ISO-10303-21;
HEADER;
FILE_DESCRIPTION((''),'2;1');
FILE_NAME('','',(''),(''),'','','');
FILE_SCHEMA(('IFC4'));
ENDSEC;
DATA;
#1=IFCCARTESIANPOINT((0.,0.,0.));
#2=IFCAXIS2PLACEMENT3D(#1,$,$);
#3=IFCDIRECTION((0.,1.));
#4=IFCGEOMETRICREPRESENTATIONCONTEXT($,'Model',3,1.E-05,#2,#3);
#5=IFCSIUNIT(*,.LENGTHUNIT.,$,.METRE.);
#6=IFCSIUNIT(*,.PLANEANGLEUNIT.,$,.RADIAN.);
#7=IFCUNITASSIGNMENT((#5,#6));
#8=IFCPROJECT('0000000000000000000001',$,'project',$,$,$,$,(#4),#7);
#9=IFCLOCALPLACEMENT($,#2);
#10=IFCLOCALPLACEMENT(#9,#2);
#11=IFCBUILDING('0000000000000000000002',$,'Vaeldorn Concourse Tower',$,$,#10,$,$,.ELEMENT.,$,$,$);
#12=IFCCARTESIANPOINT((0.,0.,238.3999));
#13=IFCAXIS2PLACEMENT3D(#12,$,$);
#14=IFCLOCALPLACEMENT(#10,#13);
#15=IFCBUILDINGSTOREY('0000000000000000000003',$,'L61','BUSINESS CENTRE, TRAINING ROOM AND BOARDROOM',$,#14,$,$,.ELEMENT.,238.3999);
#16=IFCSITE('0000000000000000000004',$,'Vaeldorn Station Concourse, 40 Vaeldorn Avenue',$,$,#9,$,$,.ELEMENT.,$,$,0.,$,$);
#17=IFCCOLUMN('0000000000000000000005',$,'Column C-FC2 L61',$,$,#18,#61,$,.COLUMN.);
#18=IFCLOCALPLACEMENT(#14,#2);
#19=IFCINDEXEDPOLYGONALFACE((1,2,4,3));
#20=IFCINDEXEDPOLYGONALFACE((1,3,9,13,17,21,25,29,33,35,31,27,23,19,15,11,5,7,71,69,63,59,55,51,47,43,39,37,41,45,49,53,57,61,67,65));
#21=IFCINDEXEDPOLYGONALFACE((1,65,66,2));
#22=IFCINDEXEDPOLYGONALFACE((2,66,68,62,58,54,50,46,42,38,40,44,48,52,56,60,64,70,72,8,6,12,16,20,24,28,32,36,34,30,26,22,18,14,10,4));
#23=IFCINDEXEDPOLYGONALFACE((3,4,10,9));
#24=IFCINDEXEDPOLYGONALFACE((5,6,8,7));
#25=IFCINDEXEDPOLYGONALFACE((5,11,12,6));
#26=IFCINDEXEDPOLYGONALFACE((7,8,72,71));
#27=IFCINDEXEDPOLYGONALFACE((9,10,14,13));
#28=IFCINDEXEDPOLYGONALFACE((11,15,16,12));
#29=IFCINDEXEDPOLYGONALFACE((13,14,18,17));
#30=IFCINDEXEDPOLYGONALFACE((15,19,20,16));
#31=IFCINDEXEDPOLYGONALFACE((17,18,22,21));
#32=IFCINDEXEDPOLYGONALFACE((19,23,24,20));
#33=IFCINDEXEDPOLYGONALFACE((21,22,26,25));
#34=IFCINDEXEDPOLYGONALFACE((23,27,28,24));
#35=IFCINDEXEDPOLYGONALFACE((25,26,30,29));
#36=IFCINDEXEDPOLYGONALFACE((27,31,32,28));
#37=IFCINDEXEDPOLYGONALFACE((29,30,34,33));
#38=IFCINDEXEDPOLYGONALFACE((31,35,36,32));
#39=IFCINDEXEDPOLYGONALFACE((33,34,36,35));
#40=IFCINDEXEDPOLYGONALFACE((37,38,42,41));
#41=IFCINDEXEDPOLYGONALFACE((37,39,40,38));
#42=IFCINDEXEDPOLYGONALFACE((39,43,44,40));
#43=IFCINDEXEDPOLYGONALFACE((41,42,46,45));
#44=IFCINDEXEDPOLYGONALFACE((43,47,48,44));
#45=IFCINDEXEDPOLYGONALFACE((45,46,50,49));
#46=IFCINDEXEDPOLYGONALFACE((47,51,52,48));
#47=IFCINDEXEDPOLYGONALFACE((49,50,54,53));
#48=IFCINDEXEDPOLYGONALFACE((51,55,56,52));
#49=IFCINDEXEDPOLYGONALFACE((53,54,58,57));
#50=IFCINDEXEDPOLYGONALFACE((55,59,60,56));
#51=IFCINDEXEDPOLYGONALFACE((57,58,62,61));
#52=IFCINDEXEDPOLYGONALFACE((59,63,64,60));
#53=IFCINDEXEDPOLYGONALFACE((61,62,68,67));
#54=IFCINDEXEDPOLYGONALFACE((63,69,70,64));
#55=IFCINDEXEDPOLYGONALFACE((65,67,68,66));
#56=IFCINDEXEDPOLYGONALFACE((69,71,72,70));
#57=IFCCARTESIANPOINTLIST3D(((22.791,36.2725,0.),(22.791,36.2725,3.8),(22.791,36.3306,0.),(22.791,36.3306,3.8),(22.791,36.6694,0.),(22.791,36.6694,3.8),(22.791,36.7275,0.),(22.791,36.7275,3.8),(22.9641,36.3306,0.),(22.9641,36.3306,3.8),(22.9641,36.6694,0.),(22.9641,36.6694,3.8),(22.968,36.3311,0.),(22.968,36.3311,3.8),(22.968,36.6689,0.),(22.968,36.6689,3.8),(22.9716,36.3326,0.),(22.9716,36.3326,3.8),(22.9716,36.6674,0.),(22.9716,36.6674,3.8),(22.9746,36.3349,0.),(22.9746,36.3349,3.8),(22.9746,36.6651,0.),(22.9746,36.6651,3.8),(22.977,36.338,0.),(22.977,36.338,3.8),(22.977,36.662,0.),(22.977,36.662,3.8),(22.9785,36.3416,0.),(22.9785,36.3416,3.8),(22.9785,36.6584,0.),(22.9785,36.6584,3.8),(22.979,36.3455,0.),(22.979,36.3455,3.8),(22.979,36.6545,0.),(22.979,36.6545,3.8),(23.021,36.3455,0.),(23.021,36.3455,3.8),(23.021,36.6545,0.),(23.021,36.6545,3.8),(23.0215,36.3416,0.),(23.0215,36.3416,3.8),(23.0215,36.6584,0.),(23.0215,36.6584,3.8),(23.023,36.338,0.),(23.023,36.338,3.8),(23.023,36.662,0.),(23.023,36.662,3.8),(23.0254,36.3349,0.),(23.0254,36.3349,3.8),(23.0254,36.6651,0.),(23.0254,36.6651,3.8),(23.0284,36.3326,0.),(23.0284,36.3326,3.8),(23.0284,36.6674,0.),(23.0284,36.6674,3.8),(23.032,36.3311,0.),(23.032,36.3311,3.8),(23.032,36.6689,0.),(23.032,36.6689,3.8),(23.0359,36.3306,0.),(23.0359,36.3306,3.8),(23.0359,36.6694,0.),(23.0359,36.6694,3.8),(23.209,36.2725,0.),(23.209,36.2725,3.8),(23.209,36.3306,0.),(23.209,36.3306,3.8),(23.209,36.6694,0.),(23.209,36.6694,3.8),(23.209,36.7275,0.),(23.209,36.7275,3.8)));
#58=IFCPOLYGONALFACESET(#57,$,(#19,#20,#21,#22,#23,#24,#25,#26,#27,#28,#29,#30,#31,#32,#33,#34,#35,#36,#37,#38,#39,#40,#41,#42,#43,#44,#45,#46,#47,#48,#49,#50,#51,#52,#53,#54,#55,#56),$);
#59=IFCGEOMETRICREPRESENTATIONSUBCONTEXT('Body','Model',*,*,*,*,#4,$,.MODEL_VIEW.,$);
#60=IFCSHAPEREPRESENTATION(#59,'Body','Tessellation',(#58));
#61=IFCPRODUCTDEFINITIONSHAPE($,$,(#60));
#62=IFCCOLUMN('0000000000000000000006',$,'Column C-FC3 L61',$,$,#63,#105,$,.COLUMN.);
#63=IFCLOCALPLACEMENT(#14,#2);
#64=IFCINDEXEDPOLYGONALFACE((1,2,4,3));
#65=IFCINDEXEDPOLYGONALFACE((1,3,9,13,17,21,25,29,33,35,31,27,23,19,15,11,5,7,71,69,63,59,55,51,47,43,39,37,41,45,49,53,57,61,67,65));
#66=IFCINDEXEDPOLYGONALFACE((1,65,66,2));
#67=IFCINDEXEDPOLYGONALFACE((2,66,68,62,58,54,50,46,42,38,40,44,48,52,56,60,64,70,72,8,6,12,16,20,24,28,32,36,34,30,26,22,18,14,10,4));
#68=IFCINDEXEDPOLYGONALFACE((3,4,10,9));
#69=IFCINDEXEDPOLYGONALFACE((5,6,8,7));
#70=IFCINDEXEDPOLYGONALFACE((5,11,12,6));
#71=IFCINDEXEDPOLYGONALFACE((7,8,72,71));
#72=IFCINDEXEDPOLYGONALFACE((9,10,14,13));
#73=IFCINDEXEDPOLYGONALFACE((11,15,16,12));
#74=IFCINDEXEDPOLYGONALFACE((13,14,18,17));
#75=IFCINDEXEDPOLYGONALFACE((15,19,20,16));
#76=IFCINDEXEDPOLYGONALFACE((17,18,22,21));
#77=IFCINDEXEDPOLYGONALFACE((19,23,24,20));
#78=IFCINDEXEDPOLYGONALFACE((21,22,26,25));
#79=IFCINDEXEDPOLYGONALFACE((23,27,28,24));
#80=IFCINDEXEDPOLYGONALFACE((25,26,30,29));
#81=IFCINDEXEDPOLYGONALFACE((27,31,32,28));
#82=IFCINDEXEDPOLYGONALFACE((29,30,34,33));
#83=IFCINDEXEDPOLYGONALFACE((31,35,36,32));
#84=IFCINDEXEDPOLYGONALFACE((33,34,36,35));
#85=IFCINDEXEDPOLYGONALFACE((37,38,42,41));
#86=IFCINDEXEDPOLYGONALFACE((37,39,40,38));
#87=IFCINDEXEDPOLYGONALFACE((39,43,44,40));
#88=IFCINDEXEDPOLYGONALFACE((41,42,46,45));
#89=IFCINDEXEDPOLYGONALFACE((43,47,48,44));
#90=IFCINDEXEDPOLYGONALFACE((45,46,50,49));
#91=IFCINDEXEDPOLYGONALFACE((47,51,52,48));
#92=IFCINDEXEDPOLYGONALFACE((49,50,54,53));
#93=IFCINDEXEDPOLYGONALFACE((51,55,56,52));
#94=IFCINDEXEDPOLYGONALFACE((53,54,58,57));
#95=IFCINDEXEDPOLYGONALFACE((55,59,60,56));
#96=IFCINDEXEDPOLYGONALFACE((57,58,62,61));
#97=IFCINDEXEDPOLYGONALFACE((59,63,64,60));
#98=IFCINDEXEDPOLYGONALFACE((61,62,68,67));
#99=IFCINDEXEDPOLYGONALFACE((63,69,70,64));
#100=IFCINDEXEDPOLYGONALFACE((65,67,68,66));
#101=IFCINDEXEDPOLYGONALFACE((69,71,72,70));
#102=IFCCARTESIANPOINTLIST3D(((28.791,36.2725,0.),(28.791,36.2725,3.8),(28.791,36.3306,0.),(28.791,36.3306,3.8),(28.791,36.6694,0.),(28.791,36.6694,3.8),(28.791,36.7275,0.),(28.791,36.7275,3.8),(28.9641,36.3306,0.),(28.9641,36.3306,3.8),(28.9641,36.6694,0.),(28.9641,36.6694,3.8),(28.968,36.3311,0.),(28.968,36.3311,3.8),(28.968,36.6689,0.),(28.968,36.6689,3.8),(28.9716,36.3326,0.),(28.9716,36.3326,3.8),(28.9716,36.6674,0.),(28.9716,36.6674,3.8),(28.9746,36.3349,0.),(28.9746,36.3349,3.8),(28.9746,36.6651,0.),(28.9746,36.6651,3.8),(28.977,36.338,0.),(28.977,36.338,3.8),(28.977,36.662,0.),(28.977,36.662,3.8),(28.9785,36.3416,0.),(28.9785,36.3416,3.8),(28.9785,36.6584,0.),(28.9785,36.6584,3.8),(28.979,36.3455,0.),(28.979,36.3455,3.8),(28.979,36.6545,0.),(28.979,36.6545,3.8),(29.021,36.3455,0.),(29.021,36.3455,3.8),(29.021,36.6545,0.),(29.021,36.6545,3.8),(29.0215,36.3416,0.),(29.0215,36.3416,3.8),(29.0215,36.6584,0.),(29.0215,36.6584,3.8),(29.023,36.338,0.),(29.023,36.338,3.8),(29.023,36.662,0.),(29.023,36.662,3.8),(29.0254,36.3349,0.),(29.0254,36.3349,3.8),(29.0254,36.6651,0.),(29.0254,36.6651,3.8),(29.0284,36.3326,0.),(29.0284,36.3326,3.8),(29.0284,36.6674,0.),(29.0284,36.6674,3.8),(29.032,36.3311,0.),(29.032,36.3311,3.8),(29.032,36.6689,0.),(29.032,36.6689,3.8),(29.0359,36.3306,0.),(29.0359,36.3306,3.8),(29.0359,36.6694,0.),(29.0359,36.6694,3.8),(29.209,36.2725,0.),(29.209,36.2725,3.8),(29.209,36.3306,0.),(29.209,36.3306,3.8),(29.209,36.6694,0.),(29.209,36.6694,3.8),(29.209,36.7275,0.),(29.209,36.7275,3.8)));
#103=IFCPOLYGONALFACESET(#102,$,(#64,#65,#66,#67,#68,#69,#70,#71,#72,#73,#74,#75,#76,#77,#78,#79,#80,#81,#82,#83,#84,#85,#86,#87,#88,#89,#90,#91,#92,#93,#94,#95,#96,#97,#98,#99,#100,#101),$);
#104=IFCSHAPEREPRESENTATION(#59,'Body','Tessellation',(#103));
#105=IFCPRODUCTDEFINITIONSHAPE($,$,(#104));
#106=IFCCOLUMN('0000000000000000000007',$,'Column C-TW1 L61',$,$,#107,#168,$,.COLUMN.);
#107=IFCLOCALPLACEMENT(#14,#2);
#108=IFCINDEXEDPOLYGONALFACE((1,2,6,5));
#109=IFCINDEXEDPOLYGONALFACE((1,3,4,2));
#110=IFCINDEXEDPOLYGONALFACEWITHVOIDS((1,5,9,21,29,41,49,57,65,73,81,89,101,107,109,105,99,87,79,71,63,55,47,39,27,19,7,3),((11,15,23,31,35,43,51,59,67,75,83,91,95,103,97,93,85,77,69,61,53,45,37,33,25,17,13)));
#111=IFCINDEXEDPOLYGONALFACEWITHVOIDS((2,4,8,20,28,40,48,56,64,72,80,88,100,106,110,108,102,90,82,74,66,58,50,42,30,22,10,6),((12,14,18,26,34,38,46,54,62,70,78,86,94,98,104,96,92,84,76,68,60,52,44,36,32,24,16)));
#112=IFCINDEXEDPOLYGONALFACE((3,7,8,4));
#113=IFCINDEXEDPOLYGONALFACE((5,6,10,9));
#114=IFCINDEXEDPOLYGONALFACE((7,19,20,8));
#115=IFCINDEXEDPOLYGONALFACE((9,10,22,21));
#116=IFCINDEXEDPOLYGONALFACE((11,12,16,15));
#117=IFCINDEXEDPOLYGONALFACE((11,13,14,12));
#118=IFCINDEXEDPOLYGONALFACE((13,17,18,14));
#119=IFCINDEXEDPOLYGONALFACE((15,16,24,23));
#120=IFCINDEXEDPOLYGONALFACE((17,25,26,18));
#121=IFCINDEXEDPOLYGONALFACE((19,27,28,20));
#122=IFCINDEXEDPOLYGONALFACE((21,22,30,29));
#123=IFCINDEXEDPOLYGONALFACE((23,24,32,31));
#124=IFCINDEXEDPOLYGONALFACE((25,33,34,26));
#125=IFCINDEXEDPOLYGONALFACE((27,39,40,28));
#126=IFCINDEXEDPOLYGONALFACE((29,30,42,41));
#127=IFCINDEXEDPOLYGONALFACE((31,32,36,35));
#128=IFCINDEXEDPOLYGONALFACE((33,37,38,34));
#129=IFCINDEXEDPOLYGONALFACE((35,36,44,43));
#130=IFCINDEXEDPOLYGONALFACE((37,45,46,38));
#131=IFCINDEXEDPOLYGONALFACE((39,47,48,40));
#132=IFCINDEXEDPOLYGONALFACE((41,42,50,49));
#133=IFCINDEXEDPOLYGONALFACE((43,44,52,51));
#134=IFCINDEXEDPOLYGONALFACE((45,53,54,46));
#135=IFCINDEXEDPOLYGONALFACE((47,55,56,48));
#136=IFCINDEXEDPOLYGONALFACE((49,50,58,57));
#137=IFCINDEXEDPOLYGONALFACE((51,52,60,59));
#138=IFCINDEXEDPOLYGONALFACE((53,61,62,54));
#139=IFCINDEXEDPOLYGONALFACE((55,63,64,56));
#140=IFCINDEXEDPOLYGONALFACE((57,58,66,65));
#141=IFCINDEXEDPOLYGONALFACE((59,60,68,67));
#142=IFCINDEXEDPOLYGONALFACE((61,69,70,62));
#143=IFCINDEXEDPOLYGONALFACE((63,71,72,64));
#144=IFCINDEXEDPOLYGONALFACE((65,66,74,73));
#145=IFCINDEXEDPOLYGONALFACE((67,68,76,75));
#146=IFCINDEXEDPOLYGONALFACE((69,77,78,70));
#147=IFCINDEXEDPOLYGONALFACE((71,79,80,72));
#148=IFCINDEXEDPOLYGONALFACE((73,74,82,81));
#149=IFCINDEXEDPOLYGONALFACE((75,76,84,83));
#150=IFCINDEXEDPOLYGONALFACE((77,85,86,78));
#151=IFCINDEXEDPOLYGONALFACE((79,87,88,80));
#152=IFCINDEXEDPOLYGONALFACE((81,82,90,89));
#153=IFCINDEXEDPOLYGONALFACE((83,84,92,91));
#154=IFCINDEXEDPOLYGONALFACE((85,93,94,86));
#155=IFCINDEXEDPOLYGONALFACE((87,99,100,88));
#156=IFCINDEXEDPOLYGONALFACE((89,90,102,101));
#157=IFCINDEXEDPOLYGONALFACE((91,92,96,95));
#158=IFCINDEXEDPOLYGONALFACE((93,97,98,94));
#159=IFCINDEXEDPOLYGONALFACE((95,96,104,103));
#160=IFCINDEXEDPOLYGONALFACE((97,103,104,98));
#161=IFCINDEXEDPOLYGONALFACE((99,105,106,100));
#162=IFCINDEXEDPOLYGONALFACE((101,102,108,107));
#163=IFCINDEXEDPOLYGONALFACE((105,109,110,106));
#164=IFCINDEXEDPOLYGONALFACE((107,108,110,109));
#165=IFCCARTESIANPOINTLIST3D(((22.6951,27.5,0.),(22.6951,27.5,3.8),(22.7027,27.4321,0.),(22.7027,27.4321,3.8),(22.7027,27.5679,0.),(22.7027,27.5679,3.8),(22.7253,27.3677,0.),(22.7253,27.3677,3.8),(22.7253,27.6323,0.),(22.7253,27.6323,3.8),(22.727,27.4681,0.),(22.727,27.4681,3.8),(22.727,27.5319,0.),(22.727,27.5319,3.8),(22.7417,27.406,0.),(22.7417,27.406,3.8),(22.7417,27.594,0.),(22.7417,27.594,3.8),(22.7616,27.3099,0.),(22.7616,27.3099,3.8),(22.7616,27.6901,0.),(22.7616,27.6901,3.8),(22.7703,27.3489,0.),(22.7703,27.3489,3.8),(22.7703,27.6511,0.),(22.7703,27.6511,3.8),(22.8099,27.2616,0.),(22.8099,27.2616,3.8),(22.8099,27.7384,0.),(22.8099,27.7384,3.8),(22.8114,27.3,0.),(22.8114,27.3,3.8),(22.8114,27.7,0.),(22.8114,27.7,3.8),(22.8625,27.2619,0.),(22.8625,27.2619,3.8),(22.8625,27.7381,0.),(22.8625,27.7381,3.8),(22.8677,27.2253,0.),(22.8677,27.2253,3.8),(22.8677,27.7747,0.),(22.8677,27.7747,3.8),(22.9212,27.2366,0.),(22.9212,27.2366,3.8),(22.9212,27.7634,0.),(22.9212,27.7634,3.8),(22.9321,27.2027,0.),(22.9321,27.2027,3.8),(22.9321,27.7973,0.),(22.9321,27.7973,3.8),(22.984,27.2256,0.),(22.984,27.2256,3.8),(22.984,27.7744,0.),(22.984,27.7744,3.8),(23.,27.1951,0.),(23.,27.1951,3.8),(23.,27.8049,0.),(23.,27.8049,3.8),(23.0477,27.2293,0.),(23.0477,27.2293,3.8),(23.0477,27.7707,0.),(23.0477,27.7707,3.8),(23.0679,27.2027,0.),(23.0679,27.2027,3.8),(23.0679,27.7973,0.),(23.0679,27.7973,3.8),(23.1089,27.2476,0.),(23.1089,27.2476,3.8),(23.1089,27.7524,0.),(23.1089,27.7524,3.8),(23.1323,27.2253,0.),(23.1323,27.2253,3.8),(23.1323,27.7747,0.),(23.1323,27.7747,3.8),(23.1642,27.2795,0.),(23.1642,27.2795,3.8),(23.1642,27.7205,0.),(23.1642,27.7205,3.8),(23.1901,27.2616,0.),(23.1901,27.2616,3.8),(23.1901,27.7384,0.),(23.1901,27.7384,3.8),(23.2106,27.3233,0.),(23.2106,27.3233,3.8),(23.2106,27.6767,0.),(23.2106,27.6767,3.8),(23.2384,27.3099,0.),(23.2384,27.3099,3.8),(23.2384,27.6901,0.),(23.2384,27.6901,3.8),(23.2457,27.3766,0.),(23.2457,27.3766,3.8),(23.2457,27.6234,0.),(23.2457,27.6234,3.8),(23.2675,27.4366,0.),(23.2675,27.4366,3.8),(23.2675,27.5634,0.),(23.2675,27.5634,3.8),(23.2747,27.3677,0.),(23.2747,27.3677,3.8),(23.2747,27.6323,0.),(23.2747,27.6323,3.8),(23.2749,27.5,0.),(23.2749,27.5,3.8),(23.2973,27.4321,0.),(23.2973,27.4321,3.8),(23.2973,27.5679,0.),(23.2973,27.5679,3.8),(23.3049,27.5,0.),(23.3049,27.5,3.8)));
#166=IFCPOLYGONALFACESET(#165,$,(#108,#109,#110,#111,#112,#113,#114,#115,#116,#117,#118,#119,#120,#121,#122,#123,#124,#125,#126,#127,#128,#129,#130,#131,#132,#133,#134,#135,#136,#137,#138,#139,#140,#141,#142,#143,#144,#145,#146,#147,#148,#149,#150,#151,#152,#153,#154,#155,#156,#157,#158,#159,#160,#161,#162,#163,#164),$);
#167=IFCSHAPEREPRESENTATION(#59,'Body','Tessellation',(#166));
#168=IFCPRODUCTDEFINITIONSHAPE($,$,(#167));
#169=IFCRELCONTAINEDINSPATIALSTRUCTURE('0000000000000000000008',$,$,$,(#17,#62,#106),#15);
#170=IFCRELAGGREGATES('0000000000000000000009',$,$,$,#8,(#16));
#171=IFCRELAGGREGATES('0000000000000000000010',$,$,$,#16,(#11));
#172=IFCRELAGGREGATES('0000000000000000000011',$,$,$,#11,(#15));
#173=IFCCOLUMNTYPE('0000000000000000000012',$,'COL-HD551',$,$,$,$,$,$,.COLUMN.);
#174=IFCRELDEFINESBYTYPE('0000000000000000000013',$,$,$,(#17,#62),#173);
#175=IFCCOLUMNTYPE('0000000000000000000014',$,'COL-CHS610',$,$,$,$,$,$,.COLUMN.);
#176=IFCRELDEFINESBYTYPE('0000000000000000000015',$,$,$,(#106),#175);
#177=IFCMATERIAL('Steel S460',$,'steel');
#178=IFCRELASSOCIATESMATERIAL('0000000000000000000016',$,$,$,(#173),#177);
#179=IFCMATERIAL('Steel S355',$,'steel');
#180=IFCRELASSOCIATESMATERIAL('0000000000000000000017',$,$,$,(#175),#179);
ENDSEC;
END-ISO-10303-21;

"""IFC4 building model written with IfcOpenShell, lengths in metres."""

from ifc_helpers import new_model, si_unit, direction, frame, origin, origin_2d, place, context, subcontext, project, spatial, hollow_circle, i_section, extrude, source, transform, mapped, material, material_profile, profile_set, type_object, element, save


model = new_model("IFC4")

# Units and contexts
model_context = context("Model", 3, precision=1e-05, world=origin(), true_north=direction((0.0, 1.0)))
body_context = subcontext(model_context, "Body", "Model", "MODEL_VIEW")
ifc_project = project(units=[si_unit("LENGTHUNIT", "METRE"), si_unit("PLANEANGLEUNIT", "RADIAN")], contexts=[model_context])

# Site, building, storey
site_placement = place(None, origin())
site = spatial("IfcSite", under=ifc_project, at=site_placement, Name="Vaeldorn Station Concourse, 40 Vaeldorn Avenue", CompositionType="ELEMENT", RefElevation=0.0)
building_placement = place(site_placement, origin())
building = spatial("IfcBuilding", under=site, at=building_placement, Name="Vaeldorn Concourse Tower", CompositionType="ELEMENT")
storey_placement = place(building_placement, frame((0.0, 0.0, 238.3999)))
storey = spatial("IfcBuildingStorey", under=building, at=storey_placement, Name="L61", Description="BUSINESS CENTRE, TRAINING ROOM AND BOARDROOM", CompositionType="ELEMENT", Elevation=238.3999)

# Columns
ifc_material_1 = material(Name="Steel S460", Category="steel")
ifc_material_profile_1 = material_profile(ifc_material_1, i_section(OverallWidth=0.418, OverallDepth=0.4551, WebThickness=0.042, FlangeThickness=0.0581, FilletRadius=0.0149, at=origin_2d()), Name="HD 400x551")
ifc_profile_set_1 = profile_set([ifc_material_profile_1], Name="Steel S460")
column_type_1 = type_object("IfcColumnType", Name="COL-HD551", PredefinedType="COLUMN", material=ifc_profile_set_1)
shared_shape_1 = source(origin(), body_context, "Body", "SweptSolid", [
    extrude(i_section(OverallWidth=0.418, OverallDepth=0.4551, WebThickness=0.042, FlangeThickness=0.0581, FilletRadius=0.0149, at=origin_2d()), origin(), (0.0, 0.0, 1.0), 3.8),
])
for number, where, z_axis, x_axis, name in (
    (1, (23.0, 36.5, 0.0), (0.0, 0.0, 1.0), (1.0, 0.0, 0.0), "Column C-FC2 L61"),
    (2, (29.0, 36.5, 0.0), (0.0, 0.0, 1.0), (1.0, 0.0, 0.0), "Column C-FC3 L61"),
):
    element("IfcColumn", number, at=place(storey_placement, frame(where, z_axis=z_axis, x_axis=x_axis)), inside=storey, type_object=column_type_1, Name=name, PredefinedType="COLUMN", context=body_context, shape_type="MappedRepresentation", body=[
        mapped(shared_shape_1, transform((0.0, 0.0, 0.0), scale=1.0)),
    ])
ifc_material_2 = material(Name="Steel S355", Category="steel")
ifc_material_profile_2 = material_profile(ifc_material_2, hollow_circle(Radius=0.3049, WallThickness=0.03, at=origin_2d()), Name="CHS 610x30")
ifc_profile_set_2 = profile_set([ifc_material_profile_2], Name="Steel S355")
column_type_2 = type_object("IfcColumnType", Name="COL-CHS610", PredefinedType="COLUMN", material=ifc_profile_set_2)
shared_shape_2 = source(origin(), body_context, "Body", "SweptSolid", [
    extrude(hollow_circle(Radius=0.3049, WallThickness=0.03, at=origin_2d()), origin(), (0.0, 0.0, 1.0), 3.8),
])
column_1_placement = place(storey_placement, frame((23.0, 27.5, 0.0), z_axis=(0.0, 0.0, 1.0), x_axis=(1.0, 0.0, 0.0)))
element("IfcColumn", 3, at=column_1_placement, inside=storey, type_object=column_type_2, Name="Column C-TW1 L61", PredefinedType="COLUMN", context=body_context, shape_type="MappedRepresentation", body=[
    mapped(shared_shape_2, transform((0.0, 0.0, 0.0), scale=1.0)),
])

save(model, "model.ifc")
